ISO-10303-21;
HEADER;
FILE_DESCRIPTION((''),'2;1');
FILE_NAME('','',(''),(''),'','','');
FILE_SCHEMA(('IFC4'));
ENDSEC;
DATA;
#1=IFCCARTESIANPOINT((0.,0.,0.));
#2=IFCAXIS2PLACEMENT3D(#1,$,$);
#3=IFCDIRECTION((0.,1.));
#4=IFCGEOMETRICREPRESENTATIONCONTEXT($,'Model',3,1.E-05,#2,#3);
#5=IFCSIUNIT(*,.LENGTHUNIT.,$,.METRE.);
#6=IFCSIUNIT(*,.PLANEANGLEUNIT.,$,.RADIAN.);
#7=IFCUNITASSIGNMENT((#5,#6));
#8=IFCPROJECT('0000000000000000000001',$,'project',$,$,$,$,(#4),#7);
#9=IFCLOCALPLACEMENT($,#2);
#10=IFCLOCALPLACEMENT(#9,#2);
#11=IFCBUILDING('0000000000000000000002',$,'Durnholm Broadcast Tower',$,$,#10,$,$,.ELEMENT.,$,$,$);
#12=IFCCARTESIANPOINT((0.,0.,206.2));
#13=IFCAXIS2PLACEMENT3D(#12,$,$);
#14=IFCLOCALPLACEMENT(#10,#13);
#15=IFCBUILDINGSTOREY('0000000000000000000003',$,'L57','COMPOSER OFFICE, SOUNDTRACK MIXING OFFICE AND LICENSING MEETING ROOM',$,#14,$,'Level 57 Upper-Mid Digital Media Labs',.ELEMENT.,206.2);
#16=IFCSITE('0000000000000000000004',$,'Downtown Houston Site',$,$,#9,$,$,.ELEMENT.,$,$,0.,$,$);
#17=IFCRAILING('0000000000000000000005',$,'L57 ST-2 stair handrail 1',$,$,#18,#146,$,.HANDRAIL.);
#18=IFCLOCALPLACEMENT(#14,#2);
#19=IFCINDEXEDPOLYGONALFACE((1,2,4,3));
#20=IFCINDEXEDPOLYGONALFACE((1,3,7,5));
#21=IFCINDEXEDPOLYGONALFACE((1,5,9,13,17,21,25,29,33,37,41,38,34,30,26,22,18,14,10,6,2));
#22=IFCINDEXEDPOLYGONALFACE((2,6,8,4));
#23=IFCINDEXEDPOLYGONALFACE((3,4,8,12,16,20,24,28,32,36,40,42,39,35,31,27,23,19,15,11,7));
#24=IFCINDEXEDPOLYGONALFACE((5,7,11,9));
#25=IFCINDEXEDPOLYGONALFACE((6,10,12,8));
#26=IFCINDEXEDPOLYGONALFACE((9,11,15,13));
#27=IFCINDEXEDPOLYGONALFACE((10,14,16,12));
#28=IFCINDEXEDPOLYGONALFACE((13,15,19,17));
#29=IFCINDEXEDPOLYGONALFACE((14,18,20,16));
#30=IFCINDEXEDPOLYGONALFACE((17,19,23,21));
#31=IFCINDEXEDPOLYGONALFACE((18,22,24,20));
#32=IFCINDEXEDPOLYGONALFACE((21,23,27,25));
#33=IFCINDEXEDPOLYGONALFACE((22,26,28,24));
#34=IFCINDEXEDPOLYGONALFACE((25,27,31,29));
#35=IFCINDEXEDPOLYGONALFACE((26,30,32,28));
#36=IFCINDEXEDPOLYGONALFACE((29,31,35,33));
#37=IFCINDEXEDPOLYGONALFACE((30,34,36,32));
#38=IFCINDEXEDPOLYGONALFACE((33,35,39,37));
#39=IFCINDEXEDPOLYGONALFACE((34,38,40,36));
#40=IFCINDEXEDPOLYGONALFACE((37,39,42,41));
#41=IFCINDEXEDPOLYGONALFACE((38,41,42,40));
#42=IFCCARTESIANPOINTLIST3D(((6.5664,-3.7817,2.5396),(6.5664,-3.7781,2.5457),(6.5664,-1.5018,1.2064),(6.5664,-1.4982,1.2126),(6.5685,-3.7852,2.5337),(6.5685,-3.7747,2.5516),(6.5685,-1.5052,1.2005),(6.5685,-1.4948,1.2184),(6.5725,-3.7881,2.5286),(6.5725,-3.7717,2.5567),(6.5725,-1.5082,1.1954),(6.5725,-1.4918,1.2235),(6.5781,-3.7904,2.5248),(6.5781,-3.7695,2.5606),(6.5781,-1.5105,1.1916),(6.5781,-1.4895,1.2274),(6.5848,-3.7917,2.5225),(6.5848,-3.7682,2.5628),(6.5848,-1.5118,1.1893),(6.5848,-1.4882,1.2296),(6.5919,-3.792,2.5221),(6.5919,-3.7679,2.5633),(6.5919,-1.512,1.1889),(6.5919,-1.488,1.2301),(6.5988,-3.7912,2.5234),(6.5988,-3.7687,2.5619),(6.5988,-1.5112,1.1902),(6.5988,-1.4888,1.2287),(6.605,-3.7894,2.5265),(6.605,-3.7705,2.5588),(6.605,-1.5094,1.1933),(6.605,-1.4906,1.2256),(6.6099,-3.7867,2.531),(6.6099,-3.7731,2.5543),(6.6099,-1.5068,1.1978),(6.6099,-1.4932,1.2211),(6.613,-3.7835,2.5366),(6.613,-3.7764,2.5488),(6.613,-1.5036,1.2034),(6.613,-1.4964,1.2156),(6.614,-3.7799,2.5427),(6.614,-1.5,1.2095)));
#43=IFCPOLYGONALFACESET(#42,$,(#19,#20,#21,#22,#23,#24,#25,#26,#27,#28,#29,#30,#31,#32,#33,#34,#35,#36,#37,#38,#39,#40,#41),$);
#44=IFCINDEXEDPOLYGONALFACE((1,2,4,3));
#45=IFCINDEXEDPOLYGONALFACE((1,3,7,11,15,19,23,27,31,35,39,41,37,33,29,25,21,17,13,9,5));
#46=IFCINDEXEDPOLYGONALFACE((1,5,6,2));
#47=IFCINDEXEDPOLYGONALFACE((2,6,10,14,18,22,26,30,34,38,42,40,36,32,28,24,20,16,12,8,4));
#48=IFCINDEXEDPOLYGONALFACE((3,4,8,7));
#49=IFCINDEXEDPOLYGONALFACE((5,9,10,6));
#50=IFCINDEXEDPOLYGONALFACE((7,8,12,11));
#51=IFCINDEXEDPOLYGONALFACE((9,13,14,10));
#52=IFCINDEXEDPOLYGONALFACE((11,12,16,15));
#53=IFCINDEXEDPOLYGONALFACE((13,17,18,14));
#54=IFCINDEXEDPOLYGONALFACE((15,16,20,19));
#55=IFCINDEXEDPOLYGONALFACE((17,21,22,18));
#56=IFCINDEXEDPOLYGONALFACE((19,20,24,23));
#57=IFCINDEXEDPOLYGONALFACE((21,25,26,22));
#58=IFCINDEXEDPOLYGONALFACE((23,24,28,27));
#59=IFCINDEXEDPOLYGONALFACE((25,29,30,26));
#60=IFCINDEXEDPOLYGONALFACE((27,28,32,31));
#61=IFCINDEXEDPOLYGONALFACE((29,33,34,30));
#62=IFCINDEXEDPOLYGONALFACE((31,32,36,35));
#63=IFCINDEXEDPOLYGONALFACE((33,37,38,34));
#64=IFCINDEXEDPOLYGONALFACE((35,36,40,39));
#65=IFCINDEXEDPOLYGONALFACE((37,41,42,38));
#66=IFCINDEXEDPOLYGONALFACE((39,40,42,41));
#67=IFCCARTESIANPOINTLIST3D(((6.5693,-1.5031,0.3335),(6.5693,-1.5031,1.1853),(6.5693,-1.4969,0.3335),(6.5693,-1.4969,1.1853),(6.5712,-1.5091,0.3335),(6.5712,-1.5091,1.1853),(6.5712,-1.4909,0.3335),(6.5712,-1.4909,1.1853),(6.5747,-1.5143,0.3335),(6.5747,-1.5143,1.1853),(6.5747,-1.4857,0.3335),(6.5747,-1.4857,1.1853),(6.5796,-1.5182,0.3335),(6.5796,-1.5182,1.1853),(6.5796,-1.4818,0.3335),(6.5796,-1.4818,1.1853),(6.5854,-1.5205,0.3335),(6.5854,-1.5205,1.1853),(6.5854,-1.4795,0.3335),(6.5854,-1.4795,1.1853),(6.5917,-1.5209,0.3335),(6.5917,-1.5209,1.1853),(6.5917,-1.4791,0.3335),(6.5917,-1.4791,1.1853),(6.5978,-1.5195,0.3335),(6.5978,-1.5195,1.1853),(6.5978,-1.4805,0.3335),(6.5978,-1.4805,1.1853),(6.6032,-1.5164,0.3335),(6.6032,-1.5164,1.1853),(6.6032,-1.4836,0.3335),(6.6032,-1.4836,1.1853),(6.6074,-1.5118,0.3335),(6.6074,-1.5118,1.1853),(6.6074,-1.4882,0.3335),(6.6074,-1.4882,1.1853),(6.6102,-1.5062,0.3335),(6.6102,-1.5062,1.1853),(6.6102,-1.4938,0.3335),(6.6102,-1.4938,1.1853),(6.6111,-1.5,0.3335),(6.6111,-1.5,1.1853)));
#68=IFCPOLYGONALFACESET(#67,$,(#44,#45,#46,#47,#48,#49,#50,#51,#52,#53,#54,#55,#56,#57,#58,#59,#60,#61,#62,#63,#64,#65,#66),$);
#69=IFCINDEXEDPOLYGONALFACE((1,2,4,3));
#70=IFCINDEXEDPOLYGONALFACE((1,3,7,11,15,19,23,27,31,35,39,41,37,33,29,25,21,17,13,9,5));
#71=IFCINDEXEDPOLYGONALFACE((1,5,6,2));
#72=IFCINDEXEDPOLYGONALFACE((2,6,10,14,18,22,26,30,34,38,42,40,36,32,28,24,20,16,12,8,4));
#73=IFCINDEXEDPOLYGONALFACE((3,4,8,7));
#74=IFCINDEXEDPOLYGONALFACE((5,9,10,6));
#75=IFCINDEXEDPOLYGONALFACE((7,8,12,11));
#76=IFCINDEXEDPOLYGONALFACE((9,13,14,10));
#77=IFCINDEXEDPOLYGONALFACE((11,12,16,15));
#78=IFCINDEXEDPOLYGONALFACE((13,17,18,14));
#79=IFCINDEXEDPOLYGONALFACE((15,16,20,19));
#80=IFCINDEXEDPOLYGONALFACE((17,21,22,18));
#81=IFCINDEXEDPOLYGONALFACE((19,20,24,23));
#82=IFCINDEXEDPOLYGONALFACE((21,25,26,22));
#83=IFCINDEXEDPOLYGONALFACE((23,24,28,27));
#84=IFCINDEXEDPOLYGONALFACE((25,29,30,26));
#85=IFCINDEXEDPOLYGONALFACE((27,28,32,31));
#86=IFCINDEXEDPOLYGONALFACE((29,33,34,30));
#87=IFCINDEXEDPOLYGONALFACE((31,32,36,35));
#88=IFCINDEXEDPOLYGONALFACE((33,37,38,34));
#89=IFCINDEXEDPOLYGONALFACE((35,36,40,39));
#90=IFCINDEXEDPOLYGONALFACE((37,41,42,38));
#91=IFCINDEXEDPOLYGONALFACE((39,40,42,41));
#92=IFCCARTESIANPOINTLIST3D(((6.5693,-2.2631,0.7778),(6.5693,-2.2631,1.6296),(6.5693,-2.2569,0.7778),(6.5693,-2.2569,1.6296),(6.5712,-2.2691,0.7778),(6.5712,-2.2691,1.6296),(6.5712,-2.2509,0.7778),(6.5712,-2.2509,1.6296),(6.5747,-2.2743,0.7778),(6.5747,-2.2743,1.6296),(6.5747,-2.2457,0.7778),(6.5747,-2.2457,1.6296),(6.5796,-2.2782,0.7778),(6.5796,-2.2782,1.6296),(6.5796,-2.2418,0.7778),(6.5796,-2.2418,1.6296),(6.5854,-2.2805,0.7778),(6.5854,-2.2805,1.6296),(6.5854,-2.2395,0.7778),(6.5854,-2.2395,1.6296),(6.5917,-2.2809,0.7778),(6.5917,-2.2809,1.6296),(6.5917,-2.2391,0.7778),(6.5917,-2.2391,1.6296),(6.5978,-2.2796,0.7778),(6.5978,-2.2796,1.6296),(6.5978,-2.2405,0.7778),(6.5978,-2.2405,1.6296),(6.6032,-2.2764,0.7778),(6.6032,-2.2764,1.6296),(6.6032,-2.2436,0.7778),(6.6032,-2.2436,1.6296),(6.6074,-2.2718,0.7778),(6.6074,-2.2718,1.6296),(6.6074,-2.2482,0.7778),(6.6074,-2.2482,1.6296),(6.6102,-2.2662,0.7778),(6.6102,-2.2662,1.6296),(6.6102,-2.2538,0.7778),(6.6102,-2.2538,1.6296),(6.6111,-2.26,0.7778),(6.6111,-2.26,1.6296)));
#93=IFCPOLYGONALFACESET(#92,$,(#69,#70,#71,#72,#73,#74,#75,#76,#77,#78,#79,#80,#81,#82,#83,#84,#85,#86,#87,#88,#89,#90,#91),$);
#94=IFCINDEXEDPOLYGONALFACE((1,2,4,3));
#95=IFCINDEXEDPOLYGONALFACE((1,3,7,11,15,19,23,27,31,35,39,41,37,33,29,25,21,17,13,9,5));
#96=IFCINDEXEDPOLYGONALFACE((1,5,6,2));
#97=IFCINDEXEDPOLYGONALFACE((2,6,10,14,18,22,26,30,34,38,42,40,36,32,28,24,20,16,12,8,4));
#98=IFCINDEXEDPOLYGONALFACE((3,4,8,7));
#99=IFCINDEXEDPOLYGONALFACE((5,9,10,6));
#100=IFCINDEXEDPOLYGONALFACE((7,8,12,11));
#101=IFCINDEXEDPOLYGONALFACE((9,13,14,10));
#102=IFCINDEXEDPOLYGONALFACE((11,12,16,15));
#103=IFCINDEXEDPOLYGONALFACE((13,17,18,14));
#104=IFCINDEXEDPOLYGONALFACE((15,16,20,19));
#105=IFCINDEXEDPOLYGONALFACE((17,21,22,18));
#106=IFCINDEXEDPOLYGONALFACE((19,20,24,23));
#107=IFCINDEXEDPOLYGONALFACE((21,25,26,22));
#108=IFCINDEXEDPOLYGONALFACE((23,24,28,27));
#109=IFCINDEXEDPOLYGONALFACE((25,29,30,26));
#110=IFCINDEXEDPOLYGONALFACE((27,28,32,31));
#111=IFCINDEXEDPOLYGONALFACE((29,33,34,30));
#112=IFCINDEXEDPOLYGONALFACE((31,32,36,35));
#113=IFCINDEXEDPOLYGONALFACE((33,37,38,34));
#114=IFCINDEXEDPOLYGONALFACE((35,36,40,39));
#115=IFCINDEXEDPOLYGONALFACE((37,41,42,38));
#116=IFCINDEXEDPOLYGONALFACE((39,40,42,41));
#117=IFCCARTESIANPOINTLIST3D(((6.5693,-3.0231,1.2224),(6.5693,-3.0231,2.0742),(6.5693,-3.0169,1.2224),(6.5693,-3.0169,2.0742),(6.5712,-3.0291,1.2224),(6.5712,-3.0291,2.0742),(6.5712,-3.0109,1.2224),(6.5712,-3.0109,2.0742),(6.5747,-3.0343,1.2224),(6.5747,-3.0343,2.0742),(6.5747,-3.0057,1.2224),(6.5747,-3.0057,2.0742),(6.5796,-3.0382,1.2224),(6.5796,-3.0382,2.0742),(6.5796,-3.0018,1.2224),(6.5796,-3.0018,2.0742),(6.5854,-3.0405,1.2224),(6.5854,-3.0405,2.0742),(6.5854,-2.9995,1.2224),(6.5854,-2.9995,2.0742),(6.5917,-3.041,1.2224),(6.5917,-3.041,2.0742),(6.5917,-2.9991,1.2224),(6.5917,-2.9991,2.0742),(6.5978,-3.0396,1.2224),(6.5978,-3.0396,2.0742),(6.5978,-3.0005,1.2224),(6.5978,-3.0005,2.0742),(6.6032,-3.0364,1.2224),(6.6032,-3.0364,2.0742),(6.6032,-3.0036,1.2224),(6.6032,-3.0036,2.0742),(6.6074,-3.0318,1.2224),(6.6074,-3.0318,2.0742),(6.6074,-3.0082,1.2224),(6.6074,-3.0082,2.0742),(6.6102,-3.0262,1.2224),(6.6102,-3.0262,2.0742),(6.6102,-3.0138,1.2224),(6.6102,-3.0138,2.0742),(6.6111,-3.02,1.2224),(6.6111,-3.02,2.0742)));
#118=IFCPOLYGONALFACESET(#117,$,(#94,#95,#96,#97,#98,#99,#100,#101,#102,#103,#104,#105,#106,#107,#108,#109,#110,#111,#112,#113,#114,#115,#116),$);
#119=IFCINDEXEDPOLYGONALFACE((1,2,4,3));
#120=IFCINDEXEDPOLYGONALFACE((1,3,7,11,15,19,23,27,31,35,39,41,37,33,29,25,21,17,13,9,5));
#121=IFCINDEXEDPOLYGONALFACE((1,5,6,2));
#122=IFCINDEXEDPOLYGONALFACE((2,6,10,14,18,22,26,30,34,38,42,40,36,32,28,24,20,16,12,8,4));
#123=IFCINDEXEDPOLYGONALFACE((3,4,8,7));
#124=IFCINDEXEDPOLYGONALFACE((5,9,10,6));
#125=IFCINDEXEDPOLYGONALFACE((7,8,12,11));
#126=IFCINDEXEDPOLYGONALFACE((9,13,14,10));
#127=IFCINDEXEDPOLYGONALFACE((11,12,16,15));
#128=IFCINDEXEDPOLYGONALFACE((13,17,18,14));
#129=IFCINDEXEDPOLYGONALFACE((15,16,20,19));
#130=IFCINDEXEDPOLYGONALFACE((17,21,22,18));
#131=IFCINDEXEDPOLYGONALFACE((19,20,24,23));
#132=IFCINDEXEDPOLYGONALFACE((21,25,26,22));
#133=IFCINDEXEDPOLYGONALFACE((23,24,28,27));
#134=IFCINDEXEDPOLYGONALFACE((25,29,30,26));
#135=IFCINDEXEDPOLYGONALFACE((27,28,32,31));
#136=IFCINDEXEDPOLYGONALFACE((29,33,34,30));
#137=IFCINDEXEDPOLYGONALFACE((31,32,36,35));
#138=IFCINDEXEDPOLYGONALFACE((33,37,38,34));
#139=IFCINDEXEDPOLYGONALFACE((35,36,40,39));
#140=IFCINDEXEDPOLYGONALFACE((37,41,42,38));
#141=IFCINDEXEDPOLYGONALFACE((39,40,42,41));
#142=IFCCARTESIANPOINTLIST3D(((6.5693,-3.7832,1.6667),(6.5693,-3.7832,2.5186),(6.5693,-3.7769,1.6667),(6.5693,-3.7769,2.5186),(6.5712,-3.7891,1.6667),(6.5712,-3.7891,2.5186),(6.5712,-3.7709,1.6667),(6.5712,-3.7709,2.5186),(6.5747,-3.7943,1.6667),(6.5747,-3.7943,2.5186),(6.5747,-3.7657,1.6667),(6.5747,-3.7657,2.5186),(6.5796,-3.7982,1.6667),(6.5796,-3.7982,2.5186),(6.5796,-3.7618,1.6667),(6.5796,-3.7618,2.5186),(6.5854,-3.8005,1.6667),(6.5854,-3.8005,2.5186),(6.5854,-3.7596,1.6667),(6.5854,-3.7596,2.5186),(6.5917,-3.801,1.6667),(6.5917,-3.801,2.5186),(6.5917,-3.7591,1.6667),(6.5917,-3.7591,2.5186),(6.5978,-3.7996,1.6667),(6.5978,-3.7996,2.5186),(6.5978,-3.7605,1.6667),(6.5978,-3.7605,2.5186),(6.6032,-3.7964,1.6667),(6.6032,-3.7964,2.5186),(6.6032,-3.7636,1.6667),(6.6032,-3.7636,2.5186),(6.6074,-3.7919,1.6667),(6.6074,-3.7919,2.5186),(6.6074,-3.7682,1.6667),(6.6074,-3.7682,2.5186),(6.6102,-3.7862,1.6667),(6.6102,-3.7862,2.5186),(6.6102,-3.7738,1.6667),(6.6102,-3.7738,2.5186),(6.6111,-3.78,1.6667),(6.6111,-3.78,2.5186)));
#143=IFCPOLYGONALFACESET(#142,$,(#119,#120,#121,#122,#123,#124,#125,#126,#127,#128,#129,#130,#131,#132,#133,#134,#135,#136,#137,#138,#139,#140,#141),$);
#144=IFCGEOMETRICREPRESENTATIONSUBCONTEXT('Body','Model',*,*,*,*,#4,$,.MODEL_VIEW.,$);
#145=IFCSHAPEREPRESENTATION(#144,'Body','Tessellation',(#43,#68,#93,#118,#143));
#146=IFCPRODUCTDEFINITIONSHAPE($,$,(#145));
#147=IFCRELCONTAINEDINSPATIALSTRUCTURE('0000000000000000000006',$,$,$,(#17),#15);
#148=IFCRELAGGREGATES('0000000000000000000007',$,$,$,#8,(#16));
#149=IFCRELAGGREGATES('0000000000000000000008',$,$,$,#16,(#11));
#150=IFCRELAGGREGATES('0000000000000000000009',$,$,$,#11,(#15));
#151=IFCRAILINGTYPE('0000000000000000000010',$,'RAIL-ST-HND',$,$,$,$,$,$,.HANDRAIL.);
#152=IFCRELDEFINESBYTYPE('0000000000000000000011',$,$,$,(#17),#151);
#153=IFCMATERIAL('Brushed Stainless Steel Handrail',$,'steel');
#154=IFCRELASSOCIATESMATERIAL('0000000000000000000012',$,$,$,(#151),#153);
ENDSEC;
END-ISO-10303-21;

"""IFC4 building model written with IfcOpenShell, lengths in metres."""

from ifc_helpers import new_model, si_unit, direction, frame, origin, origin_2d, place, context, subcontext, project, spatial, circle, extrude, material, type_object, element, save


model = new_model("IFC4")

# Units and contexts
model_context = context("Model", 3, precision=1e-05, world=origin(), true_north=direction((0.0, 1.0)))
body_context = subcontext(model_context, "Body", "Model", "MODEL_VIEW")
ifc_project = project(units=[si_unit("LENGTHUNIT", "METRE"), si_unit("PLANEANGLEUNIT", "RADIAN")], contexts=[model_context])

# Site, building, storey
site_placement = place(None, origin())
site = spatial("IfcSite", under=ifc_project, at=site_placement, Name="Downtown Houston Site", CompositionType="ELEMENT", RefElevation=0.0)
building_placement = place(site_placement, origin())
building = spatial("IfcBuilding", under=site, at=building_placement, Name="Durnholm Broadcast Tower", CompositionType="ELEMENT")
storey_placement = place(building_placement, frame((0.0, 0.0, 206.2)))
storey = spatial("IfcBuildingStorey", under=building, at=storey_placement, Name="L57", Description="COMPOSER OFFICE, SOUNDTRACK MIXING OFFICE AND LICENSING MEETING ROOM", LongName="Level 57 Upper-Mid Digital Media Labs", CompositionType="ELEMENT", Elevation=206.2)

# Railing
ifc_material_1 = material(Name="Brushed Stainless Steel Handrail", Category="steel")
railing_type_1 = type_object("IfcRailingType", Name="RAIL-ST-HND", PredefinedType="HANDRAIL", material=ifc_material_1)
railing_1_placement = place(storey_placement, frame((6.5901, -1.5, 0.3335)))
element("IfcRailing", 1, at=railing_1_placement, inside=storey, type_object=railing_type_1, Name="L57 ST-2 stair handrail 1", PredefinedType="HANDRAIL", context=body_context, shape_type="SweptSolid", body=[
    extrude(circle(Radius=0.0239, at=origin_2d()), frame((0.0, 0.0, 0.876), z_axis=(0.0, -0.863245, 0.504785), x_axis=(1.0, 0.0, 0.0)), (0.0, 0.0, 1.0), 2.6411),
    extrude(circle(Radius=0.021, at=origin_2d()), origin(), (0.0, 0.0, 1.0), 0.8518),
    extrude(circle(Radius=0.021, at=origin_2d()), frame((0.0, -0.76, 0.4443)), (0.0, 0.0, 1.0), 0.8518),
    extrude(circle(Radius=0.021, at=origin_2d()), frame((0.0, -1.52, 0.8889)), (0.0, 0.0, 1.0), 0.8518),
    extrude(circle(Radius=0.021, at=origin_2d()), frame((0.0, -2.28, 1.3333)), (0.0, 0.0, 1.0), 0.8518),
])

save(model, "model.ifc")
